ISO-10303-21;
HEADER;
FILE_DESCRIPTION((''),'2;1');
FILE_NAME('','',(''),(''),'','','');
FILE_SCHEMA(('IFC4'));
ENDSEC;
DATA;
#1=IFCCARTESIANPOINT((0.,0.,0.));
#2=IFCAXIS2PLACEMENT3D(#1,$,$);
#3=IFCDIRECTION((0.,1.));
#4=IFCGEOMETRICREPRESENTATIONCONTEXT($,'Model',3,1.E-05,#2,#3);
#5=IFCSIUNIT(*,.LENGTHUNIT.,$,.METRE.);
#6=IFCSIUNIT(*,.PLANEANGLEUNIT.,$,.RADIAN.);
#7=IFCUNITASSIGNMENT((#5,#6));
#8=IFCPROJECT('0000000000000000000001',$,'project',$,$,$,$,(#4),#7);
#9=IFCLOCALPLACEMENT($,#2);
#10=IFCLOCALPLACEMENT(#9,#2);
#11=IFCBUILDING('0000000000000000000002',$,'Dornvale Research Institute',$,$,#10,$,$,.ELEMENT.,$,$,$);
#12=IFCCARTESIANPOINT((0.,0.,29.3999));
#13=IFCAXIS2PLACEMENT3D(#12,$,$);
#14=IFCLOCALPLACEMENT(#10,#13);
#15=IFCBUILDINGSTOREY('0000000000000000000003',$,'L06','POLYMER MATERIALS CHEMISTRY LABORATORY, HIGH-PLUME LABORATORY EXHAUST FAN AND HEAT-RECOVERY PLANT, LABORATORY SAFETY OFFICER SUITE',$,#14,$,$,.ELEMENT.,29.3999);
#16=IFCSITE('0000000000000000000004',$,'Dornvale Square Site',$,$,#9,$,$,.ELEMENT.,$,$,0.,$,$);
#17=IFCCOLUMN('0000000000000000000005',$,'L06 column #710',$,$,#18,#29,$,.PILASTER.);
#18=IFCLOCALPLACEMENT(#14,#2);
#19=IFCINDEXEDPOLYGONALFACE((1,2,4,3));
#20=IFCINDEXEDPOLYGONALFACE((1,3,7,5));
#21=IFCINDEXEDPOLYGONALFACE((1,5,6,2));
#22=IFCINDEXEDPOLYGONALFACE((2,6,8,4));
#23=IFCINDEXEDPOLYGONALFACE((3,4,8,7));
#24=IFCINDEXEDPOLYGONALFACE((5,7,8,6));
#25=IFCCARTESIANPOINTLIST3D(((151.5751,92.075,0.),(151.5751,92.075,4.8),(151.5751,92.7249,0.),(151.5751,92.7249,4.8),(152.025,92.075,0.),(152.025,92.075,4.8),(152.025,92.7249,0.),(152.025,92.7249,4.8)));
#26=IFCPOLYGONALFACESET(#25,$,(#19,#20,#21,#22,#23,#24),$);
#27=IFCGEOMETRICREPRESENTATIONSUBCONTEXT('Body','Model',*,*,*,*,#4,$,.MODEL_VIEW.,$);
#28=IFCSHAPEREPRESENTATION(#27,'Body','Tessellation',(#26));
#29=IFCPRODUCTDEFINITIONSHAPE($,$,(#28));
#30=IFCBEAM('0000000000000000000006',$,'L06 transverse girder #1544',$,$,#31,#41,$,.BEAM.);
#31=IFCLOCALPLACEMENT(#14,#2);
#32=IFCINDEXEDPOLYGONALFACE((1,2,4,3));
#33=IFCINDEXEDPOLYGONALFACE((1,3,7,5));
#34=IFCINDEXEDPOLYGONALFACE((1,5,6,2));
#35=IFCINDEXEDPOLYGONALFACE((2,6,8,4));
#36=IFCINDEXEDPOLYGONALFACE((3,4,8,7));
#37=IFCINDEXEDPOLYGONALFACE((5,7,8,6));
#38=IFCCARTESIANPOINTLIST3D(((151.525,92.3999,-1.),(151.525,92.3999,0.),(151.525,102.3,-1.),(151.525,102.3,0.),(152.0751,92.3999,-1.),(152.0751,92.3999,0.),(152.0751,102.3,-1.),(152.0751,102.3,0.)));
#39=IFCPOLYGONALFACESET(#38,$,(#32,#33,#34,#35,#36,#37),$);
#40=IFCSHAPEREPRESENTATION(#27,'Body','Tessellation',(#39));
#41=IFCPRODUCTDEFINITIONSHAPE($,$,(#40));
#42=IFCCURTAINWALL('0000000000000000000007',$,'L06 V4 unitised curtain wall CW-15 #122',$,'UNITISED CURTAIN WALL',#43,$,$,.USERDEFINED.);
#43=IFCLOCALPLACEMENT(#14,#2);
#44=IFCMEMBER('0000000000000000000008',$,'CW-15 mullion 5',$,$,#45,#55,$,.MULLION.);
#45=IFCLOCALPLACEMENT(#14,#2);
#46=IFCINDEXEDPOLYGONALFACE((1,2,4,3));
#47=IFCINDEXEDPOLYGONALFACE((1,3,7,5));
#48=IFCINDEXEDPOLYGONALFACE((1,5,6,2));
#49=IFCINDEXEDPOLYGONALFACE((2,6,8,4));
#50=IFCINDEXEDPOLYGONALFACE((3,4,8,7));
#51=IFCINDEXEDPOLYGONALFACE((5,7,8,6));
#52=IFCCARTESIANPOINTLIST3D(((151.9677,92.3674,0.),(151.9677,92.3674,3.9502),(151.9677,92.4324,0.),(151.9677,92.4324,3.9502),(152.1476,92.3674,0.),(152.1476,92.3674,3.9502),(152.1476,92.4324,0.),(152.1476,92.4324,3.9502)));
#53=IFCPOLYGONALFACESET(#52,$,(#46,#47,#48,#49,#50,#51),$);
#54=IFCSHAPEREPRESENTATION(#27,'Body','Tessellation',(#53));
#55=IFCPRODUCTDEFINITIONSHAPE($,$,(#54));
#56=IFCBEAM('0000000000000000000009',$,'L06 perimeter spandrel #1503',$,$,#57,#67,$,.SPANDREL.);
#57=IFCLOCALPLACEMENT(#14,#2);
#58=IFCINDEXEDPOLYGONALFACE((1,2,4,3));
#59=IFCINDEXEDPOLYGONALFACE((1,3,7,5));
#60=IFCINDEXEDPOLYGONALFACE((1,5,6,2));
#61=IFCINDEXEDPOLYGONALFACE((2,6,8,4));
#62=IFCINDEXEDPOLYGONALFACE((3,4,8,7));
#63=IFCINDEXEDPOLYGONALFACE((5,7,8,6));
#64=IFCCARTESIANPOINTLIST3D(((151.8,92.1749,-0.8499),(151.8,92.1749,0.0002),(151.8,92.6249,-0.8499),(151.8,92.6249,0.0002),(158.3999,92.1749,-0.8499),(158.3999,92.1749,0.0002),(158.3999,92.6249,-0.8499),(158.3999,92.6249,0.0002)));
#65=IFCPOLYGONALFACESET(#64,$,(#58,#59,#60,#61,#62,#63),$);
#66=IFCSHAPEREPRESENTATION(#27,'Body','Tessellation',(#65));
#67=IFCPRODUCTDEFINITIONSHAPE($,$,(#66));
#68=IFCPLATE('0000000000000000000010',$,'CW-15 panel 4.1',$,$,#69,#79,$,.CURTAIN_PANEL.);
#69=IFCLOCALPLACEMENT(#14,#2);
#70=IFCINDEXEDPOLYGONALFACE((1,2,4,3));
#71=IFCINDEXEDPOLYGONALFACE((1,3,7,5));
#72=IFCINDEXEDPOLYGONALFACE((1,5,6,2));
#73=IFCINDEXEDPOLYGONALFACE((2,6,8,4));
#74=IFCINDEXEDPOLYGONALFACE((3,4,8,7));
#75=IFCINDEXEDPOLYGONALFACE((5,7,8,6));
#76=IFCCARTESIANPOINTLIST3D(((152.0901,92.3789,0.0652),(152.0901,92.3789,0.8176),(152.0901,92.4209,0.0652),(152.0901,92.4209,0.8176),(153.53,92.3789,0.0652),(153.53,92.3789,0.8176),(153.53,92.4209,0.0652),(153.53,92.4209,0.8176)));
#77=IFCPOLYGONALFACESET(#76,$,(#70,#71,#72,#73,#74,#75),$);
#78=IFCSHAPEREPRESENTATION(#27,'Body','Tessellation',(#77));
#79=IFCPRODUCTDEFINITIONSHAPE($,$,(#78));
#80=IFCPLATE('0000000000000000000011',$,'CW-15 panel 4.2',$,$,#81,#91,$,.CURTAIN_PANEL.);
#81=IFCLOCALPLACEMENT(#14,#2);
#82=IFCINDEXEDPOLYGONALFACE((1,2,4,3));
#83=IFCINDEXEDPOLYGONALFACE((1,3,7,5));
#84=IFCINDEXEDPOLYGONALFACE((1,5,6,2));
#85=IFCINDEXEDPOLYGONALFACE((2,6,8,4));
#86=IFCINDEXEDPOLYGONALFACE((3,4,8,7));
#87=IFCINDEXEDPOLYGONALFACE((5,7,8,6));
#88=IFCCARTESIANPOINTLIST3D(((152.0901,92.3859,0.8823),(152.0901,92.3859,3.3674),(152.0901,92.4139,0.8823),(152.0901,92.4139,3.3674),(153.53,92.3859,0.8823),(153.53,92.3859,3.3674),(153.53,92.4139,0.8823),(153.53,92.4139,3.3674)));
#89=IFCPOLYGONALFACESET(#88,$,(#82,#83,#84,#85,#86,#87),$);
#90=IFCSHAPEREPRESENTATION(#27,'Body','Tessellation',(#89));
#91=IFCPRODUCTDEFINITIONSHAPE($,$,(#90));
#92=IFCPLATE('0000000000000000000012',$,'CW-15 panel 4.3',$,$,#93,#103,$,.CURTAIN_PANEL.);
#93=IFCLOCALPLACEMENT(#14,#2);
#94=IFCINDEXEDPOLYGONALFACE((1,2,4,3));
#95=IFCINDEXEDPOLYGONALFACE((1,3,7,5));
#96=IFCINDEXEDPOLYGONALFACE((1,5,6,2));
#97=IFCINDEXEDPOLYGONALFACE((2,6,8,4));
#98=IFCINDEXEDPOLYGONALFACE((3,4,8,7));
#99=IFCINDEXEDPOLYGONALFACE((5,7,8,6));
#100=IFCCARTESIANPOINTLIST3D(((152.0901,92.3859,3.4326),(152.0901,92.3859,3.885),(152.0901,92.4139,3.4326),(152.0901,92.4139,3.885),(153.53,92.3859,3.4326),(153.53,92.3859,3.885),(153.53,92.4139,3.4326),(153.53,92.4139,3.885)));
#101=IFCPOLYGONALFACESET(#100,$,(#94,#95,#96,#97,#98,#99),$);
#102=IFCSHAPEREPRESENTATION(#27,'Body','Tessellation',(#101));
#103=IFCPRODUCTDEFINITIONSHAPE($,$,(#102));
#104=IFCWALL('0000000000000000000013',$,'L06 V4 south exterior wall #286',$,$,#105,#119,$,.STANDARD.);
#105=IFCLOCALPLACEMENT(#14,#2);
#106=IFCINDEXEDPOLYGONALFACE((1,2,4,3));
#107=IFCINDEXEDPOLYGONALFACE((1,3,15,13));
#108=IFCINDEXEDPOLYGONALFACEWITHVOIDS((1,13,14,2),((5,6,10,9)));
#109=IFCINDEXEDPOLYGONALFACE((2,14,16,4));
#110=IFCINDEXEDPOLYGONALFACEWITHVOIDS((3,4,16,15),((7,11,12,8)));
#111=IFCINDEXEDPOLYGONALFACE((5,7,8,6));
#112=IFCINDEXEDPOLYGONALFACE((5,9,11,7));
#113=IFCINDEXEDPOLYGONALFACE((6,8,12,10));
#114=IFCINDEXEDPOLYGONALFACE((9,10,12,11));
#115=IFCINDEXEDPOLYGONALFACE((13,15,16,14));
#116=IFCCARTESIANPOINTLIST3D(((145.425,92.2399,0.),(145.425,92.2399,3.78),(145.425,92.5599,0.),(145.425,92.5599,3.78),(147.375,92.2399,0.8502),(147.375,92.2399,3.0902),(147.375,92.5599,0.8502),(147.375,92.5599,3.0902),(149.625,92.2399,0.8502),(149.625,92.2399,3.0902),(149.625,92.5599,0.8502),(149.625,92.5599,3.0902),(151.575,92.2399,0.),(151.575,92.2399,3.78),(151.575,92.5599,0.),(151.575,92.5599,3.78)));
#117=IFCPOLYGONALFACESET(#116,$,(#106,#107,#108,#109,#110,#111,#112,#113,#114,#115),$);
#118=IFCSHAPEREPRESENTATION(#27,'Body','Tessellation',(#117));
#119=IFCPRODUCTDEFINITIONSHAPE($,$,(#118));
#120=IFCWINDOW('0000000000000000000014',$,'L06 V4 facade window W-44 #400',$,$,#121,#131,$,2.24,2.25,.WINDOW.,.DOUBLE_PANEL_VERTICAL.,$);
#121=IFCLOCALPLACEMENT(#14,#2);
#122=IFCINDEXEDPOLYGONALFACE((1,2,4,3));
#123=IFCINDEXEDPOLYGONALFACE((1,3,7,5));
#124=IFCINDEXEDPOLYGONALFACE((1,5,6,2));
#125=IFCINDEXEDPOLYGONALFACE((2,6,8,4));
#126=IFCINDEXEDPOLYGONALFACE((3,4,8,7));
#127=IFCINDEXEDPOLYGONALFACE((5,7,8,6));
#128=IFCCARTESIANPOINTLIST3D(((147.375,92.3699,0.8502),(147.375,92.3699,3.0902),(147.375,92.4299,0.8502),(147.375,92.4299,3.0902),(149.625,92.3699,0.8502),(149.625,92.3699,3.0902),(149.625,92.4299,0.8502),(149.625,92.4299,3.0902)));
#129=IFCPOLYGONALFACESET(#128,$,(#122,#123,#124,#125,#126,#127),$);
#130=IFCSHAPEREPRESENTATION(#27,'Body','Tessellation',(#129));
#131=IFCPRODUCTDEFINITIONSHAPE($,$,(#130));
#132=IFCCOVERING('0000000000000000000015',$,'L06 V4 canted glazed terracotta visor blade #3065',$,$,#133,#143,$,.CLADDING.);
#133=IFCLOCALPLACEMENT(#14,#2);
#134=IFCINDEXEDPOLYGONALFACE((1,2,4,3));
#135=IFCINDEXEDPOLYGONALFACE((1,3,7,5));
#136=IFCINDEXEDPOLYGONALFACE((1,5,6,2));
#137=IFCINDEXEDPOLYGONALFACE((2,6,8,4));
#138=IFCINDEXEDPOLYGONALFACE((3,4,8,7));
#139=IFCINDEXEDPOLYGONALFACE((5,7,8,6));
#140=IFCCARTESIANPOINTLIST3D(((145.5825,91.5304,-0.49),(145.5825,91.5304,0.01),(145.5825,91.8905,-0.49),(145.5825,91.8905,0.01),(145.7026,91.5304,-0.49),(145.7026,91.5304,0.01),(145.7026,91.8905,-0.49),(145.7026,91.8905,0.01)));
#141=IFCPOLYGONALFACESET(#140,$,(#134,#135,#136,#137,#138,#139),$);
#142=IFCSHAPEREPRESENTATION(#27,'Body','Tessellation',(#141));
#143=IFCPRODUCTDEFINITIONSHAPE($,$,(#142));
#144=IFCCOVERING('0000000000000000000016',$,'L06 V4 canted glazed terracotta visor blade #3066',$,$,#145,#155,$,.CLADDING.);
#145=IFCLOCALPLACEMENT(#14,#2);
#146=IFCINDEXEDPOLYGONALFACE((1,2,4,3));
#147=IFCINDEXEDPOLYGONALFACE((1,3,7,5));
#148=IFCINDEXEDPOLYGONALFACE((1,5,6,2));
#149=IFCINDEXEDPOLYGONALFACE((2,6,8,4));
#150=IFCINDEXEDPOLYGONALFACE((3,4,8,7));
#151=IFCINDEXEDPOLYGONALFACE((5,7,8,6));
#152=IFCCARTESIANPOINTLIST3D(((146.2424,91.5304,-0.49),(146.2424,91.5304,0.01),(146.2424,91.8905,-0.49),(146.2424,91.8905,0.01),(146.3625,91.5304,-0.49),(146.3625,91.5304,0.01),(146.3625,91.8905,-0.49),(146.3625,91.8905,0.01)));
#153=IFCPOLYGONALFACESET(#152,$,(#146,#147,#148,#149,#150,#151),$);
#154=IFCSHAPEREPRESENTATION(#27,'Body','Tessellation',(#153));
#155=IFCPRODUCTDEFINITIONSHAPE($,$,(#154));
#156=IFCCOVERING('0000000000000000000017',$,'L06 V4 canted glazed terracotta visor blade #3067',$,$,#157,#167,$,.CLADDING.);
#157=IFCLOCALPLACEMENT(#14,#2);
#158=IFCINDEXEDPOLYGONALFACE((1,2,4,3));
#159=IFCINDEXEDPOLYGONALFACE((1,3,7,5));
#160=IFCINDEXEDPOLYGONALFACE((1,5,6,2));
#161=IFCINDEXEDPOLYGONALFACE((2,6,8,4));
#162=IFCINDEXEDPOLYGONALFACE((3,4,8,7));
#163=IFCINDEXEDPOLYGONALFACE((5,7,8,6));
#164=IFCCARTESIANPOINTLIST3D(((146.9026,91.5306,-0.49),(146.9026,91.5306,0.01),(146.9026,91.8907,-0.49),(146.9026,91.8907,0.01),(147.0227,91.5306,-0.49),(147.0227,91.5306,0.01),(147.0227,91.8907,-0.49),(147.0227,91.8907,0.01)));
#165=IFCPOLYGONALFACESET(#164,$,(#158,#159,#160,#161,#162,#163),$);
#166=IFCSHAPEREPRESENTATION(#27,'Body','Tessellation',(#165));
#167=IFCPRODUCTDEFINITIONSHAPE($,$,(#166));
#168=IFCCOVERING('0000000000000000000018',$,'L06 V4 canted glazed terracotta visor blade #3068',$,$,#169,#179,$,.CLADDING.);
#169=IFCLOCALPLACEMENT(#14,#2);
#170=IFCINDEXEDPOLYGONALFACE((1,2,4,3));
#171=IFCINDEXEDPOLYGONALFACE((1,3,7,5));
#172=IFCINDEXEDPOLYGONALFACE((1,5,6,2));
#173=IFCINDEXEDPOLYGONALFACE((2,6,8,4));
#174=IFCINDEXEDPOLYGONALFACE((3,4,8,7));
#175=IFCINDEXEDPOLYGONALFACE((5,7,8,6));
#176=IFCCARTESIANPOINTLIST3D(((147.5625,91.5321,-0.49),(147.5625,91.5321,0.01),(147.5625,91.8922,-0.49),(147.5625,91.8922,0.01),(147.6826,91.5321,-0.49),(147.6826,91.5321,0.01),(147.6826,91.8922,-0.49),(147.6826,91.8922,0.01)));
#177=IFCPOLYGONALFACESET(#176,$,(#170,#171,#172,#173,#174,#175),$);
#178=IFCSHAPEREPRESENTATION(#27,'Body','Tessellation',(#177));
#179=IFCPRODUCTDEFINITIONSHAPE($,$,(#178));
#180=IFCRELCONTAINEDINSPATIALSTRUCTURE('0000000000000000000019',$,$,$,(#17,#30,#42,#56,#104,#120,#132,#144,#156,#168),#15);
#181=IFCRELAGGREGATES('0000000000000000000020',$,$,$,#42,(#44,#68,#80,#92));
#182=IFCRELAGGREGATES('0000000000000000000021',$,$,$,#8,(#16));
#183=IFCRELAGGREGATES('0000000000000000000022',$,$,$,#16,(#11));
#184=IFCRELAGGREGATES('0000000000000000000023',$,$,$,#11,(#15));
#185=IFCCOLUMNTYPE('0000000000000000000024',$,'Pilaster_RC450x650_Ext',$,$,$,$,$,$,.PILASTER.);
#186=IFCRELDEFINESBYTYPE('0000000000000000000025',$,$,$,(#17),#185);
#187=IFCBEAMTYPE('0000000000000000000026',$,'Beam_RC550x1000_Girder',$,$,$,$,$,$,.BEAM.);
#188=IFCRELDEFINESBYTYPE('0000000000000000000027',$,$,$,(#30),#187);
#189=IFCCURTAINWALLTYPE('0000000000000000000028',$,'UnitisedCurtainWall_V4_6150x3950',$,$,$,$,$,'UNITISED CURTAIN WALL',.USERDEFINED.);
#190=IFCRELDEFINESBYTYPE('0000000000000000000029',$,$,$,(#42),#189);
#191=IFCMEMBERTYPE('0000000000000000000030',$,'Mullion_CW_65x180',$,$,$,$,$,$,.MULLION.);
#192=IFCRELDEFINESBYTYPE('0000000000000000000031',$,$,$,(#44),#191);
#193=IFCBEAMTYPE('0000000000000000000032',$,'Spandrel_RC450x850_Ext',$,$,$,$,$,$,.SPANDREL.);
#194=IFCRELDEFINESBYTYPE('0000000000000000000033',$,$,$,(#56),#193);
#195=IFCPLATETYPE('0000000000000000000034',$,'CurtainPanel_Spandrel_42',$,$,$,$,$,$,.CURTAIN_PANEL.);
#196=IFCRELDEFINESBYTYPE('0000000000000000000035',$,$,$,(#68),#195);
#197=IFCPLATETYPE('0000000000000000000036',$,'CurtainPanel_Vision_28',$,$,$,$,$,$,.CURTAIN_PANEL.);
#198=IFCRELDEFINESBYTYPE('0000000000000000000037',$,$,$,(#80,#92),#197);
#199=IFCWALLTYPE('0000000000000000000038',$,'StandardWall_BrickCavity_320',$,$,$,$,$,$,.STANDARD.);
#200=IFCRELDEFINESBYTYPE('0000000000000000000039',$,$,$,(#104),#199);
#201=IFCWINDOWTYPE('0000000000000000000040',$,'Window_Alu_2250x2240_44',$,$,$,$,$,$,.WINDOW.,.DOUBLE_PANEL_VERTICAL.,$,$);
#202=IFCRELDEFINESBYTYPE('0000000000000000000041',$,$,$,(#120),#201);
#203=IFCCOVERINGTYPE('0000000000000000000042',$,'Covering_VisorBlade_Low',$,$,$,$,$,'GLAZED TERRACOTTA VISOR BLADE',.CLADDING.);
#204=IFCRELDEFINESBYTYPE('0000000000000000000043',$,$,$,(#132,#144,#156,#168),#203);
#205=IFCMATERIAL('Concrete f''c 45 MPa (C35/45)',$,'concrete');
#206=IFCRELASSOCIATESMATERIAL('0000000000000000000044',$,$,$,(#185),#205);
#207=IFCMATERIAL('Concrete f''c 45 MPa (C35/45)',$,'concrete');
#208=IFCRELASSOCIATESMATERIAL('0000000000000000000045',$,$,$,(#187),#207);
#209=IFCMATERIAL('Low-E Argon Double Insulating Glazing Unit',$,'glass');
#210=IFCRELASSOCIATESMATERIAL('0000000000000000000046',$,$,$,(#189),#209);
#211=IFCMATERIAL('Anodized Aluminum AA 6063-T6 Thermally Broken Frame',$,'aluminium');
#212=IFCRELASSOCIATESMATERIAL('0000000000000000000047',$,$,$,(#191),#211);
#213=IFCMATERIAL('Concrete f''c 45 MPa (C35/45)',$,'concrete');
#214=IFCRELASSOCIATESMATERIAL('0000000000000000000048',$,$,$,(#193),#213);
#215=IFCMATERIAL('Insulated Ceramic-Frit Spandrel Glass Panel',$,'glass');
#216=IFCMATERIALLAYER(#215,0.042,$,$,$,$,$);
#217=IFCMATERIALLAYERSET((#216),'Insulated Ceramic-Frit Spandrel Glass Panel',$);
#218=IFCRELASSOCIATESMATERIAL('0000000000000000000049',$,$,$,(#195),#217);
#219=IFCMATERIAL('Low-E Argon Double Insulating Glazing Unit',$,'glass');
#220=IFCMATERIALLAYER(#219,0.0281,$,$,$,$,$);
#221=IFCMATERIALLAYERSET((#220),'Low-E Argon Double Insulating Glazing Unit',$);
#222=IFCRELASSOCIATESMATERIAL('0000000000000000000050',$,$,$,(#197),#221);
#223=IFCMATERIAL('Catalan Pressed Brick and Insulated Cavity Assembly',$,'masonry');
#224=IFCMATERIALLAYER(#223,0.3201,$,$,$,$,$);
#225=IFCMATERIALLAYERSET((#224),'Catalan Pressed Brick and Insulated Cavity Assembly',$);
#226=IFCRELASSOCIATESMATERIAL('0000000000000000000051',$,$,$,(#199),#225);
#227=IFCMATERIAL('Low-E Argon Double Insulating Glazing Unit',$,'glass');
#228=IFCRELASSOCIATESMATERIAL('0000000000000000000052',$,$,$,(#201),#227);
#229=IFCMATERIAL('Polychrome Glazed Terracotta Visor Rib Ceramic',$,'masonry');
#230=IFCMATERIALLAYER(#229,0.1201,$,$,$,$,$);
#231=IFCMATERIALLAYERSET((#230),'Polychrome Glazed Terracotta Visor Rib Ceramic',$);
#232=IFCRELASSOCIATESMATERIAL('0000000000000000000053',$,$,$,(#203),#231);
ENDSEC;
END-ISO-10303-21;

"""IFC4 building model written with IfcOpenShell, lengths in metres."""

from ifc_helpers import new_model, si_unit, direction, frame, frame_2d, origin, origin_2d, place, context, subcontext, project, spatial, rectangle, extrude, material, layer, layer_set, material_profile, profile_set, type_object, element, fill, aggregate, save


model = new_model("IFC4")

# Units and contexts
model_context = context("Model", 3, precision=1e-05, world=origin(), true_north=direction((0.0, 1.0)))
body_context = subcontext(model_context, "Body", "Model", "MODEL_VIEW")
ifc_project = project(units=[si_unit("LENGTHUNIT", "METRE"), si_unit("PLANEANGLEUNIT", "RADIAN")], contexts=[model_context])

# Site, building, storey
site_placement = place(None, origin())
site = spatial("IfcSite", under=ifc_project, at=site_placement, Name="Dornvale Square Site", CompositionType="ELEMENT", RefElevation=0.0)
building_placement = place(site_placement, origin())
building = spatial("IfcBuilding", under=site, at=building_placement, Name="Dornvale Research Institute", CompositionType="ELEMENT")
storey_placement = place(building_placement, frame((0.0, 0.0, 29.3999)))
storey = spatial("IfcBuildingStorey", under=building, at=storey_placement, Name="L06", Description="POLYMER MATERIALS CHEMISTRY LABORATORY, HIGH-PLUME LABORATORY EXHAUST FAN AND HEAT-RECOVERY PLANT, LABORATORY SAFETY OFFICER SUITE", CompositionType="ELEMENT", Elevation=29.3999)

# Column
ifc_material_1 = material(Name="Concrete f'c 45 MPa (C35/45)", Category="concrete")
ifc_material_profile_1 = material_profile(ifc_material_1, rectangle(XDim=0.45, YDim=0.6499, at=origin_2d()), Name="RC 450x650")
ifc_profile_set_1 = profile_set([ifc_material_profile_1], Name="Concrete f'c 45 MPa (C35/45)")
column_type = type_object("IfcColumnType", Name="Pilaster_RC450x650_Ext", PredefinedType="PILASTER", material=ifc_profile_set_1)
column_placement = place(storey_placement, frame((151.8, 92.3999, 0.0), z_axis=(0.0, 0.0, 1.0), x_axis=(1.0, 0.0, 0.0)))
element("IfcColumn", 1, at=column_placement, inside=storey, type_object=column_type, Name="L06 column #710", PredefinedType="PILASTER", context=body_context, shape_type="SweptSolid", body=[
    extrude(rectangle(XDim=0.45, YDim=0.6499, at=origin_2d()), origin(), (0.0, 0.0, 1.0), 4.8),
])

# Beam
ifc_material_2 = material(Name="Concrete f'c 45 MPa (C35/45)", Category="concrete")
ifc_material_profile_2 = material_profile(ifc_material_2, rectangle(XDim=0.55, YDim=1.0, at=origin_2d()), Name="RC 550x1000")
ifc_profile_set_2 = profile_set([ifc_material_profile_2], Name="Concrete f'c 45 MPa (C35/45)")
beam_type_1 = type_object("IfcBeamType", Name="Beam_RC550x1000_Girder", PredefinedType="BEAM", material=ifc_profile_set_2)
beam_1_placement = place(storey_placement, frame((151.8, 92.3999, -0.5), z_axis=(0.0, 1.0, 0.0), x_axis=(-1.0, 0.0, 0.0)))
element("IfcBeam", 2, at=beam_1_placement, inside=storey, type_object=beam_type_1, Name="L06 transverse girder #1544", PredefinedType="BEAM", context=body_context, shape_type="SweptSolid", body=[
    extrude(rectangle(XDim=0.55, YDim=1.0, at=origin_2d()), origin(), (0.0, 0.0, 1.0), 9.9001),
])

# Curtain wall, member
ifc_material_3 = material(Name="Low-E Argon Double Insulating Glazing Unit", Category="glass")
curtain_wall_type = type_object("IfcCurtainWallType", Name="UnitisedCurtainWall_V4_6150x3950", ElementType="UNITISED CURTAIN WALL", PredefinedType="USERDEFINED", material=ifc_material_3)
curtain_wall_placement = place(storey_placement, origin())
curtain_wall = element("IfcCurtainWall", 3, at=curtain_wall_placement, inside=storey, type_object=curtain_wall_type, Name="L06 V4 unitised curtain wall CW-15 #122", ObjectType="UNITISED CURTAIN WALL", PredefinedType="USERDEFINED")
ifc_material_4 = material(Name="Anodized Aluminum AA 6063-T6 Thermally Broken Frame", Category="aluminium")
ifc_material_profile_3 = material_profile(ifc_material_4, rectangle(XDim=0.0649, YDim=0.1799, at=origin_2d()), Name="ALU MULLION 65x180")
ifc_profile_set_3 = profile_set([ifc_material_profile_3], Name="Anodized Aluminum AA 6063-T6 Thermally Broken Frame")
member_type = type_object("IfcMemberType", Name="Mullion_CW_65x180", PredefinedType="MULLION", material=ifc_profile_set_3)
member_placement = place(storey_placement, frame((152.0576, 92.3999, 0.0), z_axis=(0.0, 0.0, 1.0), x_axis=(0.0, -1.0, 0.0)))
member = element("IfcMember", 4, at=member_placement, type_object=member_type, Name="CW-15 mullion 5", PredefinedType="MULLION", context=body_context, shape_type="SweptSolid", body=[
    extrude(rectangle(XDim=0.0649, YDim=0.1799, at=origin_2d()), origin(), (0.0, 0.0, 1.0), 3.9502),
])

# Beam
ifc_material_5 = material(Name="Concrete f'c 45 MPa (C35/45)", Category="concrete")
ifc_material_profile_4 = material_profile(ifc_material_5, rectangle(XDim=0.45, YDim=0.8501, at=origin_2d()), Name="RC 450x850")
ifc_profile_set_4 = profile_set([ifc_material_profile_4], Name="Concrete f'c 45 MPa (C35/45)")
beam_type_2 = type_object("IfcBeamType", Name="Spandrel_RC450x850_Ext", PredefinedType="SPANDREL", material=ifc_profile_set_4)
beam_2_placement = place(storey_placement, frame((151.8, 92.3999, -0.4248), z_axis=(1.0, 0.0, 0.0), x_axis=(0.0, 1.0, 0.0)))
element("IfcBeam", 5, at=beam_2_placement, inside=storey, type_object=beam_type_2, Name="L06 perimeter spandrel #1503", PredefinedType="SPANDREL", context=body_context, shape_type="SweptSolid", body=[
    extrude(rectangle(XDim=0.45, YDim=0.8501, at=origin_2d()), origin(), (0.0, 0.0, 1.0), 6.5999),
])

# Plates
ifc_material_6 = material(Name="Insulated Ceramic-Frit Spandrel Glass Panel", Category="glass")
ifc_layer_1 = layer(ifc_material_6, 0.042)
ifc_layer_set_1 = layer_set([ifc_layer_1], Name="Insulated Ceramic-Frit Spandrel Glass Panel")
plate_type_1 = type_object("IfcPlateType", Name="CurtainPanel_Spandrel_42", PredefinedType="CURTAIN_PANEL", material=ifc_layer_set_1)
plate_1_placement = place(storey_placement, frame((152.8101, 92.3999, 0.0652), z_axis=(0.0, 0.0, 1.0), x_axis=(-1.0, 0.0, 0.0)))
plate_1 = element("IfcPlate", 6, at=plate_1_placement, type_object=plate_type_1, Name="CW-15 panel 4.1", PredefinedType="CURTAIN_PANEL", context=body_context, shape_type="SweptSolid", body=[
    extrude(rectangle(XDim=1.4399, YDim=0.042, at=origin_2d()), origin(), (0.0, 0.0, 1.0), 0.7524),
])
ifc_material_7 = material(Name="Low-E Argon Double Insulating Glazing Unit", Category="glass")
ifc_layer_2 = layer(ifc_material_7, 0.0281)
ifc_layer_set_2 = layer_set([ifc_layer_2], Name="Low-E Argon Double Insulating Glazing Unit")
plate_type_2 = type_object("IfcPlateType", Name="CurtainPanel_Vision_28", PredefinedType="CURTAIN_PANEL", material=ifc_layer_set_2)
plate_2_placement = place(storey_placement, frame((152.8101, 92.3999, 0.8823), z_axis=(0.0, 0.0, 1.0), x_axis=(-1.0, 0.0, 0.0)))
plate_2 = element("IfcPlate", 7, at=plate_2_placement, type_object=plate_type_2, Name="CW-15 panel 4.2", PredefinedType="CURTAIN_PANEL", context=body_context, shape_type="SweptSolid", body=[
    extrude(rectangle(XDim=1.4399, YDim=0.0281, at=origin_2d()), origin(), (0.0, 0.0, 1.0), 2.4851),
])
plate_3_placement = place(storey_placement, frame((152.8101, 92.3999, 3.4326), z_axis=(0.0, 0.0, 1.0), x_axis=(-1.0, 0.0, 0.0)))
plate_3 = element("IfcPlate", 8, at=plate_3_placement, type_object=plate_type_2, Name="CW-15 panel 4.3", PredefinedType="CURTAIN_PANEL", context=body_context, shape_type="SweptSolid", body=[
    extrude(rectangle(XDim=1.4399, YDim=0.0281, at=origin_2d()), origin(), (0.0, 0.0, 1.0), 0.4524),
])
aggregate(curtain_wall, [member, plate_1, plate_2, plate_3])

# Wall, opening, window
ifc_material_8 = material(Name="Catalan Pressed Brick and Insulated Cavity Assembly", Category="masonry")
ifc_layer_3 = layer(ifc_material_8, 0.3201)
ifc_layer_set_3 = layer_set([ifc_layer_3], Name="Catalan Pressed Brick and Insulated Cavity Assembly")
wall_type = type_object("IfcWallType", Name="StandardWall_BrickCavity_320", PredefinedType="STANDARD", material=ifc_layer_set_3)
wall_placement = place(storey_placement, frame((151.575, 92.3999, 0.0), z_axis=(0.0, 0.0, 1.0), x_axis=(-1.0, 0.0, 0.0)))
wall = element("IfcWall", 9, at=wall_placement, inside=storey, type_object=wall_type, Name="L06 V4 south exterior wall #286", PredefinedType="STANDARD", context=body_context, shape_type="SweptSolid", body=[
    extrude(rectangle(XDim=6.1499, YDim=0.3201, at=frame_2d((3.075, 0.0))), origin(), (0.0, 0.0, 1.0), 3.78),
])
opening_placement = place(wall_placement, frame((1.95, 0.0, 0.8501)))
opening = element("IfcOpeningElement", 10, at=opening_placement, cuts=wall, PredefinedType="OPENING", context=body_context, shape_type="SweptSolid", body=[
    extrude(rectangle(XDim=2.25, YDim=2.24, at=frame_2d((1.125, 1.1201))), frame((0.0, 0.175, 0.0), z_axis=(0.0, -1.0, 0.0), x_axis=(1.0, 0.0, 0.0)), (0.0, 0.0, 1.0), 0.3501),
])
ifc_material_9 = material(Name="Low-E Argon Double Insulating Glazing Unit", Category="glass")
window_type = type_object("IfcWindowType", Name="Window_Alu_2250x2240_44", PartitioningType="DOUBLE_PANEL_VERTICAL", PredefinedType="WINDOW", material=ifc_material_9)
window_placement = place(opening_placement, origin())
window = element("IfcWindow", 11, at=window_placement, inside=storey, type_object=window_type, Name="L06 V4 facade window W-44 #400", OverallHeight=2.24, OverallWidth=2.25, PartitioningType="DOUBLE_PANEL_VERTICAL", PredefinedType="WINDOW", context=body_context, shape_type="SweptSolid", body=[
    extrude(rectangle(XDim=2.25, YDim=2.24, at=frame_2d((1.125, 1.1201))), frame((0.0, 0.03, 0.0), z_axis=(0.0, -1.0, 0.0), x_axis=(1.0, 0.0, 0.0)), (0.0, 0.0, 1.0), 0.0601),
])
fill(opening, window)

# Coverings
ifc_material_10 = material(Name="Polychrome Glazed Terracotta Visor Rib Ceramic", Category="masonry")
ifc_layer_4 = layer(ifc_material_10, 0.1201)
ifc_layer_set_4 = layer_set([ifc_layer_4], Name="Polychrome Glazed Terracotta Visor Rib Ceramic")
covering_type = type_object("IfcCoveringType", Name="Covering_VisorBlade_Low", ElementType="GLAZED TERRACOTTA VISOR BLADE", PredefinedType="CLADDING", material=ifc_layer_set_4)
for number, where, z_axis, x_axis, name in (
    (12, (145.6426, 91.7104, -0.49), (0.0, 0.0, 1.0), (0.0, 1.0, 0.0), "L06 V4 canted glazed terracotta visor blade #3065"),
    (13, (146.3025, 91.7104, -0.49), (0.0, 0.0, 1.0), (0.0, 1.0, 0.0), "L06 V4 canted glazed terracotta visor blade #3066"),
    (14, (146.9626, 91.7107, -0.49), (0.0, 0.0, 1.0), (0.0, 1.0, 0.0), "L06 V4 canted glazed terracotta visor blade #3067"),
    (15, (147.6226, 91.7122, -0.49), (0.0, 0.0, 1.0), (0.0, 1.0, 0.0), "L06 V4 canted glazed terracotta visor blade #3068"),
):
    element("IfcCovering", number, at=place(storey_placement, frame(where, z_axis=z_axis, x_axis=x_axis)), inside=storey, type_object=covering_type, Name=name, PredefinedType="CLADDING", context=body_context, shape_type="SweptSolid", body=[
        extrude(rectangle(XDim=0.3601, YDim=0.1201, at=origin_2d()), origin(), (0.0, 0.0, 1.0), 0.5),
    ])

save(model, "model.ifc")
